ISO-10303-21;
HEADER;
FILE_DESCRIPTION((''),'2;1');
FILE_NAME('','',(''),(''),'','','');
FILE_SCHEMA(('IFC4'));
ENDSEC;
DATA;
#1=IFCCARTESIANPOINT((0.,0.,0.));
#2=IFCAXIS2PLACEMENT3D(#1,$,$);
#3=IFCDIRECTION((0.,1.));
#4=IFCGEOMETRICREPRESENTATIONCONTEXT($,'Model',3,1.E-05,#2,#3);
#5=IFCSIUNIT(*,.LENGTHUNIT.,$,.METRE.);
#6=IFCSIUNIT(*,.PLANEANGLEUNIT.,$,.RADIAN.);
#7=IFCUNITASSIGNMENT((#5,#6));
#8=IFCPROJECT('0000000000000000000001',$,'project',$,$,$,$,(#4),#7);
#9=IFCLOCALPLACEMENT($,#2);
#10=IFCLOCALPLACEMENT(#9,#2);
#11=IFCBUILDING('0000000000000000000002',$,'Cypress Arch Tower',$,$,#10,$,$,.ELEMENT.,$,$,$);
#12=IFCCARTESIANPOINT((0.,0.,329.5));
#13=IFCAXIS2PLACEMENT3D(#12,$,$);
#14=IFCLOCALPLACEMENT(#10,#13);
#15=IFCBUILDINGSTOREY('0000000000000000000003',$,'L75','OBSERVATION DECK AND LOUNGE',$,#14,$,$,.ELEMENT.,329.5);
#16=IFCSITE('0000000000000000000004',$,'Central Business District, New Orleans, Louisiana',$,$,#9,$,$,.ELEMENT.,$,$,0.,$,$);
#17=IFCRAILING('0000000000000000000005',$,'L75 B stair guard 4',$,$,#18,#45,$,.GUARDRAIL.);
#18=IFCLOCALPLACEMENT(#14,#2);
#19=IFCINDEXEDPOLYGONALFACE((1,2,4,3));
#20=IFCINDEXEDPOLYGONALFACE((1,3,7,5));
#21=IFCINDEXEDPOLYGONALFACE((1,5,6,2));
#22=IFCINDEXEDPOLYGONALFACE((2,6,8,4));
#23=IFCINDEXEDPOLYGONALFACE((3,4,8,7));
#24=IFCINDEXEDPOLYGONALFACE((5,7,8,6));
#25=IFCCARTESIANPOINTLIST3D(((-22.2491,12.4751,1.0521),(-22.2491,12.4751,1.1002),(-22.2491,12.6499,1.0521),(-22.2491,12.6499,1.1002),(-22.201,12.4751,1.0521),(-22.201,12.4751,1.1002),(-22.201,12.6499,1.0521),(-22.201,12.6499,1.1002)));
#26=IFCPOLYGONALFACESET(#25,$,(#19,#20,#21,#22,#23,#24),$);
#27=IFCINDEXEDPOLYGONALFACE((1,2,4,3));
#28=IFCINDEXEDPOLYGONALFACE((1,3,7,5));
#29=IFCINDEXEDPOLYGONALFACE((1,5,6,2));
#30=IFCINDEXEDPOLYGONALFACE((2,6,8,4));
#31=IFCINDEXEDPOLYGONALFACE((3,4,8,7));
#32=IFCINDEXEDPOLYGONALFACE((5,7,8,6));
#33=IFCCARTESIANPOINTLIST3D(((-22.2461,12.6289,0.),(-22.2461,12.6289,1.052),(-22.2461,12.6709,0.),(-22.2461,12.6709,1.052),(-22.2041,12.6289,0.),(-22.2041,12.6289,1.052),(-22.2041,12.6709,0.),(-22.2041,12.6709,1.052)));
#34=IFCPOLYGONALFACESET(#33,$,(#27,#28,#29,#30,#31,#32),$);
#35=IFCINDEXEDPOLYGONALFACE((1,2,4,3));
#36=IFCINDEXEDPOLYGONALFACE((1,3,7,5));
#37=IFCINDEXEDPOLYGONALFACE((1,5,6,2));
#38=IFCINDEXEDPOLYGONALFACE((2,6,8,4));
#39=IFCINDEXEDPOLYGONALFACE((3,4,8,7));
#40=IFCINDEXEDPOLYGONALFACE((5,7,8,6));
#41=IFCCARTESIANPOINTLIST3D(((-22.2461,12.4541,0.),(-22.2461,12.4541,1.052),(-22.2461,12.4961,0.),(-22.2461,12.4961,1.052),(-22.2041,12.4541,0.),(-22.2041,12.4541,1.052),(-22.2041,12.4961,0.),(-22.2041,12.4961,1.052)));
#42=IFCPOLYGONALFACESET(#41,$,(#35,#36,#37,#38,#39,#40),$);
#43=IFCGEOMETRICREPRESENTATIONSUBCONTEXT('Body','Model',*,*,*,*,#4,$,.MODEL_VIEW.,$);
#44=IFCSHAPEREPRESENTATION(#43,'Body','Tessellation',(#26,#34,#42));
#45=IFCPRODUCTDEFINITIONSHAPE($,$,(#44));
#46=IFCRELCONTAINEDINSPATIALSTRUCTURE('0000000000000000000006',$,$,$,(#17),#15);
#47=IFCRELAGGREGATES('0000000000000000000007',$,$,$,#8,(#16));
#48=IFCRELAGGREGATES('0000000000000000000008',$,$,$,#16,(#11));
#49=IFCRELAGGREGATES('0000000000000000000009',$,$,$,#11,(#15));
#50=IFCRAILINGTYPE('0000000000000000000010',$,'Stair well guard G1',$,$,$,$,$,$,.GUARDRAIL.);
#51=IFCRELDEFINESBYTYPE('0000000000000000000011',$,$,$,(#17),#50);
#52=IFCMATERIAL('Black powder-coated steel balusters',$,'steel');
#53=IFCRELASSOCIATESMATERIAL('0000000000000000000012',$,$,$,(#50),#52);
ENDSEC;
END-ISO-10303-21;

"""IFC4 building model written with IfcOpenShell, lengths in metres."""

from ifc_helpers import new_model, si_unit, direction, frame, origin, origin_2d, place, context, subcontext, project, spatial, rectangle, extrude, material, type_object, element, save


model = new_model("IFC4")

# Units and contexts
model_context = context("Model", 3, precision=1e-05, world=origin(), true_north=direction((0.0, 1.0)))
body_context = subcontext(model_context, "Body", "Model", "MODEL_VIEW")
ifc_project = project(units=[si_unit("LENGTHUNIT", "METRE"), si_unit("PLANEANGLEUNIT", "RADIAN")], contexts=[model_context])

# Site, building, storey
site_placement = place(None, origin())
site = spatial("IfcSite", under=ifc_project, at=site_placement, Name="Central Business District, New Orleans, Louisiana", CompositionType="ELEMENT", RefElevation=0.0)
building_placement = place(site_placement, origin())
building = spatial("IfcBuilding", under=site, at=building_placement, Name="Cypress Arch Tower", CompositionType="ELEMENT")
storey_placement = place(building_placement, frame((0.0, 0.0, 329.5)))
storey = spatial("IfcBuildingStorey", under=building, at=storey_placement, Name="L75", Description="OBSERVATION DECK AND LOUNGE", CompositionType="ELEMENT", Elevation=329.5)

# Railing
ifc_material_1 = material(Name="Black powder-coated steel balusters", Category="steel")
railing_type_1 = type_object("IfcRailingType", Name="Stair well guard G1", PredefinedType="GUARDRAIL", material=ifc_material_1)
railing_1_placement = place(storey_placement, frame((-22.2251, 12.6499, 0.0)))
element("IfcRailing", 1, at=railing_1_placement, inside=storey, type_object=railing_type_1, Name="L75 B stair guard 4", PredefinedType="GUARDRAIL", context=body_context, shape_type="SweptSolid", body=[
    extrude(rectangle(XDim=0.0481, YDim=0.0481, at=origin_2d()), frame((0.0, 0.0, 1.0762), z_axis=(0.0, -1.0, 0.0), x_axis=(1.0, 0.0, 0.0)), (0.0, 0.0, 1.0), 0.1748),
    extrude(rectangle(XDim=0.042, YDim=0.042, at=origin_2d()), origin(), (0.0, 0.0, 1.0), 1.052),
    extrude(rectangle(XDim=0.042, YDim=0.042, at=origin_2d()), frame((0.0, -0.1748, 0.0)), (0.0, 0.0, 1.0), 1.052),
])

save(model, "model.ifc")
